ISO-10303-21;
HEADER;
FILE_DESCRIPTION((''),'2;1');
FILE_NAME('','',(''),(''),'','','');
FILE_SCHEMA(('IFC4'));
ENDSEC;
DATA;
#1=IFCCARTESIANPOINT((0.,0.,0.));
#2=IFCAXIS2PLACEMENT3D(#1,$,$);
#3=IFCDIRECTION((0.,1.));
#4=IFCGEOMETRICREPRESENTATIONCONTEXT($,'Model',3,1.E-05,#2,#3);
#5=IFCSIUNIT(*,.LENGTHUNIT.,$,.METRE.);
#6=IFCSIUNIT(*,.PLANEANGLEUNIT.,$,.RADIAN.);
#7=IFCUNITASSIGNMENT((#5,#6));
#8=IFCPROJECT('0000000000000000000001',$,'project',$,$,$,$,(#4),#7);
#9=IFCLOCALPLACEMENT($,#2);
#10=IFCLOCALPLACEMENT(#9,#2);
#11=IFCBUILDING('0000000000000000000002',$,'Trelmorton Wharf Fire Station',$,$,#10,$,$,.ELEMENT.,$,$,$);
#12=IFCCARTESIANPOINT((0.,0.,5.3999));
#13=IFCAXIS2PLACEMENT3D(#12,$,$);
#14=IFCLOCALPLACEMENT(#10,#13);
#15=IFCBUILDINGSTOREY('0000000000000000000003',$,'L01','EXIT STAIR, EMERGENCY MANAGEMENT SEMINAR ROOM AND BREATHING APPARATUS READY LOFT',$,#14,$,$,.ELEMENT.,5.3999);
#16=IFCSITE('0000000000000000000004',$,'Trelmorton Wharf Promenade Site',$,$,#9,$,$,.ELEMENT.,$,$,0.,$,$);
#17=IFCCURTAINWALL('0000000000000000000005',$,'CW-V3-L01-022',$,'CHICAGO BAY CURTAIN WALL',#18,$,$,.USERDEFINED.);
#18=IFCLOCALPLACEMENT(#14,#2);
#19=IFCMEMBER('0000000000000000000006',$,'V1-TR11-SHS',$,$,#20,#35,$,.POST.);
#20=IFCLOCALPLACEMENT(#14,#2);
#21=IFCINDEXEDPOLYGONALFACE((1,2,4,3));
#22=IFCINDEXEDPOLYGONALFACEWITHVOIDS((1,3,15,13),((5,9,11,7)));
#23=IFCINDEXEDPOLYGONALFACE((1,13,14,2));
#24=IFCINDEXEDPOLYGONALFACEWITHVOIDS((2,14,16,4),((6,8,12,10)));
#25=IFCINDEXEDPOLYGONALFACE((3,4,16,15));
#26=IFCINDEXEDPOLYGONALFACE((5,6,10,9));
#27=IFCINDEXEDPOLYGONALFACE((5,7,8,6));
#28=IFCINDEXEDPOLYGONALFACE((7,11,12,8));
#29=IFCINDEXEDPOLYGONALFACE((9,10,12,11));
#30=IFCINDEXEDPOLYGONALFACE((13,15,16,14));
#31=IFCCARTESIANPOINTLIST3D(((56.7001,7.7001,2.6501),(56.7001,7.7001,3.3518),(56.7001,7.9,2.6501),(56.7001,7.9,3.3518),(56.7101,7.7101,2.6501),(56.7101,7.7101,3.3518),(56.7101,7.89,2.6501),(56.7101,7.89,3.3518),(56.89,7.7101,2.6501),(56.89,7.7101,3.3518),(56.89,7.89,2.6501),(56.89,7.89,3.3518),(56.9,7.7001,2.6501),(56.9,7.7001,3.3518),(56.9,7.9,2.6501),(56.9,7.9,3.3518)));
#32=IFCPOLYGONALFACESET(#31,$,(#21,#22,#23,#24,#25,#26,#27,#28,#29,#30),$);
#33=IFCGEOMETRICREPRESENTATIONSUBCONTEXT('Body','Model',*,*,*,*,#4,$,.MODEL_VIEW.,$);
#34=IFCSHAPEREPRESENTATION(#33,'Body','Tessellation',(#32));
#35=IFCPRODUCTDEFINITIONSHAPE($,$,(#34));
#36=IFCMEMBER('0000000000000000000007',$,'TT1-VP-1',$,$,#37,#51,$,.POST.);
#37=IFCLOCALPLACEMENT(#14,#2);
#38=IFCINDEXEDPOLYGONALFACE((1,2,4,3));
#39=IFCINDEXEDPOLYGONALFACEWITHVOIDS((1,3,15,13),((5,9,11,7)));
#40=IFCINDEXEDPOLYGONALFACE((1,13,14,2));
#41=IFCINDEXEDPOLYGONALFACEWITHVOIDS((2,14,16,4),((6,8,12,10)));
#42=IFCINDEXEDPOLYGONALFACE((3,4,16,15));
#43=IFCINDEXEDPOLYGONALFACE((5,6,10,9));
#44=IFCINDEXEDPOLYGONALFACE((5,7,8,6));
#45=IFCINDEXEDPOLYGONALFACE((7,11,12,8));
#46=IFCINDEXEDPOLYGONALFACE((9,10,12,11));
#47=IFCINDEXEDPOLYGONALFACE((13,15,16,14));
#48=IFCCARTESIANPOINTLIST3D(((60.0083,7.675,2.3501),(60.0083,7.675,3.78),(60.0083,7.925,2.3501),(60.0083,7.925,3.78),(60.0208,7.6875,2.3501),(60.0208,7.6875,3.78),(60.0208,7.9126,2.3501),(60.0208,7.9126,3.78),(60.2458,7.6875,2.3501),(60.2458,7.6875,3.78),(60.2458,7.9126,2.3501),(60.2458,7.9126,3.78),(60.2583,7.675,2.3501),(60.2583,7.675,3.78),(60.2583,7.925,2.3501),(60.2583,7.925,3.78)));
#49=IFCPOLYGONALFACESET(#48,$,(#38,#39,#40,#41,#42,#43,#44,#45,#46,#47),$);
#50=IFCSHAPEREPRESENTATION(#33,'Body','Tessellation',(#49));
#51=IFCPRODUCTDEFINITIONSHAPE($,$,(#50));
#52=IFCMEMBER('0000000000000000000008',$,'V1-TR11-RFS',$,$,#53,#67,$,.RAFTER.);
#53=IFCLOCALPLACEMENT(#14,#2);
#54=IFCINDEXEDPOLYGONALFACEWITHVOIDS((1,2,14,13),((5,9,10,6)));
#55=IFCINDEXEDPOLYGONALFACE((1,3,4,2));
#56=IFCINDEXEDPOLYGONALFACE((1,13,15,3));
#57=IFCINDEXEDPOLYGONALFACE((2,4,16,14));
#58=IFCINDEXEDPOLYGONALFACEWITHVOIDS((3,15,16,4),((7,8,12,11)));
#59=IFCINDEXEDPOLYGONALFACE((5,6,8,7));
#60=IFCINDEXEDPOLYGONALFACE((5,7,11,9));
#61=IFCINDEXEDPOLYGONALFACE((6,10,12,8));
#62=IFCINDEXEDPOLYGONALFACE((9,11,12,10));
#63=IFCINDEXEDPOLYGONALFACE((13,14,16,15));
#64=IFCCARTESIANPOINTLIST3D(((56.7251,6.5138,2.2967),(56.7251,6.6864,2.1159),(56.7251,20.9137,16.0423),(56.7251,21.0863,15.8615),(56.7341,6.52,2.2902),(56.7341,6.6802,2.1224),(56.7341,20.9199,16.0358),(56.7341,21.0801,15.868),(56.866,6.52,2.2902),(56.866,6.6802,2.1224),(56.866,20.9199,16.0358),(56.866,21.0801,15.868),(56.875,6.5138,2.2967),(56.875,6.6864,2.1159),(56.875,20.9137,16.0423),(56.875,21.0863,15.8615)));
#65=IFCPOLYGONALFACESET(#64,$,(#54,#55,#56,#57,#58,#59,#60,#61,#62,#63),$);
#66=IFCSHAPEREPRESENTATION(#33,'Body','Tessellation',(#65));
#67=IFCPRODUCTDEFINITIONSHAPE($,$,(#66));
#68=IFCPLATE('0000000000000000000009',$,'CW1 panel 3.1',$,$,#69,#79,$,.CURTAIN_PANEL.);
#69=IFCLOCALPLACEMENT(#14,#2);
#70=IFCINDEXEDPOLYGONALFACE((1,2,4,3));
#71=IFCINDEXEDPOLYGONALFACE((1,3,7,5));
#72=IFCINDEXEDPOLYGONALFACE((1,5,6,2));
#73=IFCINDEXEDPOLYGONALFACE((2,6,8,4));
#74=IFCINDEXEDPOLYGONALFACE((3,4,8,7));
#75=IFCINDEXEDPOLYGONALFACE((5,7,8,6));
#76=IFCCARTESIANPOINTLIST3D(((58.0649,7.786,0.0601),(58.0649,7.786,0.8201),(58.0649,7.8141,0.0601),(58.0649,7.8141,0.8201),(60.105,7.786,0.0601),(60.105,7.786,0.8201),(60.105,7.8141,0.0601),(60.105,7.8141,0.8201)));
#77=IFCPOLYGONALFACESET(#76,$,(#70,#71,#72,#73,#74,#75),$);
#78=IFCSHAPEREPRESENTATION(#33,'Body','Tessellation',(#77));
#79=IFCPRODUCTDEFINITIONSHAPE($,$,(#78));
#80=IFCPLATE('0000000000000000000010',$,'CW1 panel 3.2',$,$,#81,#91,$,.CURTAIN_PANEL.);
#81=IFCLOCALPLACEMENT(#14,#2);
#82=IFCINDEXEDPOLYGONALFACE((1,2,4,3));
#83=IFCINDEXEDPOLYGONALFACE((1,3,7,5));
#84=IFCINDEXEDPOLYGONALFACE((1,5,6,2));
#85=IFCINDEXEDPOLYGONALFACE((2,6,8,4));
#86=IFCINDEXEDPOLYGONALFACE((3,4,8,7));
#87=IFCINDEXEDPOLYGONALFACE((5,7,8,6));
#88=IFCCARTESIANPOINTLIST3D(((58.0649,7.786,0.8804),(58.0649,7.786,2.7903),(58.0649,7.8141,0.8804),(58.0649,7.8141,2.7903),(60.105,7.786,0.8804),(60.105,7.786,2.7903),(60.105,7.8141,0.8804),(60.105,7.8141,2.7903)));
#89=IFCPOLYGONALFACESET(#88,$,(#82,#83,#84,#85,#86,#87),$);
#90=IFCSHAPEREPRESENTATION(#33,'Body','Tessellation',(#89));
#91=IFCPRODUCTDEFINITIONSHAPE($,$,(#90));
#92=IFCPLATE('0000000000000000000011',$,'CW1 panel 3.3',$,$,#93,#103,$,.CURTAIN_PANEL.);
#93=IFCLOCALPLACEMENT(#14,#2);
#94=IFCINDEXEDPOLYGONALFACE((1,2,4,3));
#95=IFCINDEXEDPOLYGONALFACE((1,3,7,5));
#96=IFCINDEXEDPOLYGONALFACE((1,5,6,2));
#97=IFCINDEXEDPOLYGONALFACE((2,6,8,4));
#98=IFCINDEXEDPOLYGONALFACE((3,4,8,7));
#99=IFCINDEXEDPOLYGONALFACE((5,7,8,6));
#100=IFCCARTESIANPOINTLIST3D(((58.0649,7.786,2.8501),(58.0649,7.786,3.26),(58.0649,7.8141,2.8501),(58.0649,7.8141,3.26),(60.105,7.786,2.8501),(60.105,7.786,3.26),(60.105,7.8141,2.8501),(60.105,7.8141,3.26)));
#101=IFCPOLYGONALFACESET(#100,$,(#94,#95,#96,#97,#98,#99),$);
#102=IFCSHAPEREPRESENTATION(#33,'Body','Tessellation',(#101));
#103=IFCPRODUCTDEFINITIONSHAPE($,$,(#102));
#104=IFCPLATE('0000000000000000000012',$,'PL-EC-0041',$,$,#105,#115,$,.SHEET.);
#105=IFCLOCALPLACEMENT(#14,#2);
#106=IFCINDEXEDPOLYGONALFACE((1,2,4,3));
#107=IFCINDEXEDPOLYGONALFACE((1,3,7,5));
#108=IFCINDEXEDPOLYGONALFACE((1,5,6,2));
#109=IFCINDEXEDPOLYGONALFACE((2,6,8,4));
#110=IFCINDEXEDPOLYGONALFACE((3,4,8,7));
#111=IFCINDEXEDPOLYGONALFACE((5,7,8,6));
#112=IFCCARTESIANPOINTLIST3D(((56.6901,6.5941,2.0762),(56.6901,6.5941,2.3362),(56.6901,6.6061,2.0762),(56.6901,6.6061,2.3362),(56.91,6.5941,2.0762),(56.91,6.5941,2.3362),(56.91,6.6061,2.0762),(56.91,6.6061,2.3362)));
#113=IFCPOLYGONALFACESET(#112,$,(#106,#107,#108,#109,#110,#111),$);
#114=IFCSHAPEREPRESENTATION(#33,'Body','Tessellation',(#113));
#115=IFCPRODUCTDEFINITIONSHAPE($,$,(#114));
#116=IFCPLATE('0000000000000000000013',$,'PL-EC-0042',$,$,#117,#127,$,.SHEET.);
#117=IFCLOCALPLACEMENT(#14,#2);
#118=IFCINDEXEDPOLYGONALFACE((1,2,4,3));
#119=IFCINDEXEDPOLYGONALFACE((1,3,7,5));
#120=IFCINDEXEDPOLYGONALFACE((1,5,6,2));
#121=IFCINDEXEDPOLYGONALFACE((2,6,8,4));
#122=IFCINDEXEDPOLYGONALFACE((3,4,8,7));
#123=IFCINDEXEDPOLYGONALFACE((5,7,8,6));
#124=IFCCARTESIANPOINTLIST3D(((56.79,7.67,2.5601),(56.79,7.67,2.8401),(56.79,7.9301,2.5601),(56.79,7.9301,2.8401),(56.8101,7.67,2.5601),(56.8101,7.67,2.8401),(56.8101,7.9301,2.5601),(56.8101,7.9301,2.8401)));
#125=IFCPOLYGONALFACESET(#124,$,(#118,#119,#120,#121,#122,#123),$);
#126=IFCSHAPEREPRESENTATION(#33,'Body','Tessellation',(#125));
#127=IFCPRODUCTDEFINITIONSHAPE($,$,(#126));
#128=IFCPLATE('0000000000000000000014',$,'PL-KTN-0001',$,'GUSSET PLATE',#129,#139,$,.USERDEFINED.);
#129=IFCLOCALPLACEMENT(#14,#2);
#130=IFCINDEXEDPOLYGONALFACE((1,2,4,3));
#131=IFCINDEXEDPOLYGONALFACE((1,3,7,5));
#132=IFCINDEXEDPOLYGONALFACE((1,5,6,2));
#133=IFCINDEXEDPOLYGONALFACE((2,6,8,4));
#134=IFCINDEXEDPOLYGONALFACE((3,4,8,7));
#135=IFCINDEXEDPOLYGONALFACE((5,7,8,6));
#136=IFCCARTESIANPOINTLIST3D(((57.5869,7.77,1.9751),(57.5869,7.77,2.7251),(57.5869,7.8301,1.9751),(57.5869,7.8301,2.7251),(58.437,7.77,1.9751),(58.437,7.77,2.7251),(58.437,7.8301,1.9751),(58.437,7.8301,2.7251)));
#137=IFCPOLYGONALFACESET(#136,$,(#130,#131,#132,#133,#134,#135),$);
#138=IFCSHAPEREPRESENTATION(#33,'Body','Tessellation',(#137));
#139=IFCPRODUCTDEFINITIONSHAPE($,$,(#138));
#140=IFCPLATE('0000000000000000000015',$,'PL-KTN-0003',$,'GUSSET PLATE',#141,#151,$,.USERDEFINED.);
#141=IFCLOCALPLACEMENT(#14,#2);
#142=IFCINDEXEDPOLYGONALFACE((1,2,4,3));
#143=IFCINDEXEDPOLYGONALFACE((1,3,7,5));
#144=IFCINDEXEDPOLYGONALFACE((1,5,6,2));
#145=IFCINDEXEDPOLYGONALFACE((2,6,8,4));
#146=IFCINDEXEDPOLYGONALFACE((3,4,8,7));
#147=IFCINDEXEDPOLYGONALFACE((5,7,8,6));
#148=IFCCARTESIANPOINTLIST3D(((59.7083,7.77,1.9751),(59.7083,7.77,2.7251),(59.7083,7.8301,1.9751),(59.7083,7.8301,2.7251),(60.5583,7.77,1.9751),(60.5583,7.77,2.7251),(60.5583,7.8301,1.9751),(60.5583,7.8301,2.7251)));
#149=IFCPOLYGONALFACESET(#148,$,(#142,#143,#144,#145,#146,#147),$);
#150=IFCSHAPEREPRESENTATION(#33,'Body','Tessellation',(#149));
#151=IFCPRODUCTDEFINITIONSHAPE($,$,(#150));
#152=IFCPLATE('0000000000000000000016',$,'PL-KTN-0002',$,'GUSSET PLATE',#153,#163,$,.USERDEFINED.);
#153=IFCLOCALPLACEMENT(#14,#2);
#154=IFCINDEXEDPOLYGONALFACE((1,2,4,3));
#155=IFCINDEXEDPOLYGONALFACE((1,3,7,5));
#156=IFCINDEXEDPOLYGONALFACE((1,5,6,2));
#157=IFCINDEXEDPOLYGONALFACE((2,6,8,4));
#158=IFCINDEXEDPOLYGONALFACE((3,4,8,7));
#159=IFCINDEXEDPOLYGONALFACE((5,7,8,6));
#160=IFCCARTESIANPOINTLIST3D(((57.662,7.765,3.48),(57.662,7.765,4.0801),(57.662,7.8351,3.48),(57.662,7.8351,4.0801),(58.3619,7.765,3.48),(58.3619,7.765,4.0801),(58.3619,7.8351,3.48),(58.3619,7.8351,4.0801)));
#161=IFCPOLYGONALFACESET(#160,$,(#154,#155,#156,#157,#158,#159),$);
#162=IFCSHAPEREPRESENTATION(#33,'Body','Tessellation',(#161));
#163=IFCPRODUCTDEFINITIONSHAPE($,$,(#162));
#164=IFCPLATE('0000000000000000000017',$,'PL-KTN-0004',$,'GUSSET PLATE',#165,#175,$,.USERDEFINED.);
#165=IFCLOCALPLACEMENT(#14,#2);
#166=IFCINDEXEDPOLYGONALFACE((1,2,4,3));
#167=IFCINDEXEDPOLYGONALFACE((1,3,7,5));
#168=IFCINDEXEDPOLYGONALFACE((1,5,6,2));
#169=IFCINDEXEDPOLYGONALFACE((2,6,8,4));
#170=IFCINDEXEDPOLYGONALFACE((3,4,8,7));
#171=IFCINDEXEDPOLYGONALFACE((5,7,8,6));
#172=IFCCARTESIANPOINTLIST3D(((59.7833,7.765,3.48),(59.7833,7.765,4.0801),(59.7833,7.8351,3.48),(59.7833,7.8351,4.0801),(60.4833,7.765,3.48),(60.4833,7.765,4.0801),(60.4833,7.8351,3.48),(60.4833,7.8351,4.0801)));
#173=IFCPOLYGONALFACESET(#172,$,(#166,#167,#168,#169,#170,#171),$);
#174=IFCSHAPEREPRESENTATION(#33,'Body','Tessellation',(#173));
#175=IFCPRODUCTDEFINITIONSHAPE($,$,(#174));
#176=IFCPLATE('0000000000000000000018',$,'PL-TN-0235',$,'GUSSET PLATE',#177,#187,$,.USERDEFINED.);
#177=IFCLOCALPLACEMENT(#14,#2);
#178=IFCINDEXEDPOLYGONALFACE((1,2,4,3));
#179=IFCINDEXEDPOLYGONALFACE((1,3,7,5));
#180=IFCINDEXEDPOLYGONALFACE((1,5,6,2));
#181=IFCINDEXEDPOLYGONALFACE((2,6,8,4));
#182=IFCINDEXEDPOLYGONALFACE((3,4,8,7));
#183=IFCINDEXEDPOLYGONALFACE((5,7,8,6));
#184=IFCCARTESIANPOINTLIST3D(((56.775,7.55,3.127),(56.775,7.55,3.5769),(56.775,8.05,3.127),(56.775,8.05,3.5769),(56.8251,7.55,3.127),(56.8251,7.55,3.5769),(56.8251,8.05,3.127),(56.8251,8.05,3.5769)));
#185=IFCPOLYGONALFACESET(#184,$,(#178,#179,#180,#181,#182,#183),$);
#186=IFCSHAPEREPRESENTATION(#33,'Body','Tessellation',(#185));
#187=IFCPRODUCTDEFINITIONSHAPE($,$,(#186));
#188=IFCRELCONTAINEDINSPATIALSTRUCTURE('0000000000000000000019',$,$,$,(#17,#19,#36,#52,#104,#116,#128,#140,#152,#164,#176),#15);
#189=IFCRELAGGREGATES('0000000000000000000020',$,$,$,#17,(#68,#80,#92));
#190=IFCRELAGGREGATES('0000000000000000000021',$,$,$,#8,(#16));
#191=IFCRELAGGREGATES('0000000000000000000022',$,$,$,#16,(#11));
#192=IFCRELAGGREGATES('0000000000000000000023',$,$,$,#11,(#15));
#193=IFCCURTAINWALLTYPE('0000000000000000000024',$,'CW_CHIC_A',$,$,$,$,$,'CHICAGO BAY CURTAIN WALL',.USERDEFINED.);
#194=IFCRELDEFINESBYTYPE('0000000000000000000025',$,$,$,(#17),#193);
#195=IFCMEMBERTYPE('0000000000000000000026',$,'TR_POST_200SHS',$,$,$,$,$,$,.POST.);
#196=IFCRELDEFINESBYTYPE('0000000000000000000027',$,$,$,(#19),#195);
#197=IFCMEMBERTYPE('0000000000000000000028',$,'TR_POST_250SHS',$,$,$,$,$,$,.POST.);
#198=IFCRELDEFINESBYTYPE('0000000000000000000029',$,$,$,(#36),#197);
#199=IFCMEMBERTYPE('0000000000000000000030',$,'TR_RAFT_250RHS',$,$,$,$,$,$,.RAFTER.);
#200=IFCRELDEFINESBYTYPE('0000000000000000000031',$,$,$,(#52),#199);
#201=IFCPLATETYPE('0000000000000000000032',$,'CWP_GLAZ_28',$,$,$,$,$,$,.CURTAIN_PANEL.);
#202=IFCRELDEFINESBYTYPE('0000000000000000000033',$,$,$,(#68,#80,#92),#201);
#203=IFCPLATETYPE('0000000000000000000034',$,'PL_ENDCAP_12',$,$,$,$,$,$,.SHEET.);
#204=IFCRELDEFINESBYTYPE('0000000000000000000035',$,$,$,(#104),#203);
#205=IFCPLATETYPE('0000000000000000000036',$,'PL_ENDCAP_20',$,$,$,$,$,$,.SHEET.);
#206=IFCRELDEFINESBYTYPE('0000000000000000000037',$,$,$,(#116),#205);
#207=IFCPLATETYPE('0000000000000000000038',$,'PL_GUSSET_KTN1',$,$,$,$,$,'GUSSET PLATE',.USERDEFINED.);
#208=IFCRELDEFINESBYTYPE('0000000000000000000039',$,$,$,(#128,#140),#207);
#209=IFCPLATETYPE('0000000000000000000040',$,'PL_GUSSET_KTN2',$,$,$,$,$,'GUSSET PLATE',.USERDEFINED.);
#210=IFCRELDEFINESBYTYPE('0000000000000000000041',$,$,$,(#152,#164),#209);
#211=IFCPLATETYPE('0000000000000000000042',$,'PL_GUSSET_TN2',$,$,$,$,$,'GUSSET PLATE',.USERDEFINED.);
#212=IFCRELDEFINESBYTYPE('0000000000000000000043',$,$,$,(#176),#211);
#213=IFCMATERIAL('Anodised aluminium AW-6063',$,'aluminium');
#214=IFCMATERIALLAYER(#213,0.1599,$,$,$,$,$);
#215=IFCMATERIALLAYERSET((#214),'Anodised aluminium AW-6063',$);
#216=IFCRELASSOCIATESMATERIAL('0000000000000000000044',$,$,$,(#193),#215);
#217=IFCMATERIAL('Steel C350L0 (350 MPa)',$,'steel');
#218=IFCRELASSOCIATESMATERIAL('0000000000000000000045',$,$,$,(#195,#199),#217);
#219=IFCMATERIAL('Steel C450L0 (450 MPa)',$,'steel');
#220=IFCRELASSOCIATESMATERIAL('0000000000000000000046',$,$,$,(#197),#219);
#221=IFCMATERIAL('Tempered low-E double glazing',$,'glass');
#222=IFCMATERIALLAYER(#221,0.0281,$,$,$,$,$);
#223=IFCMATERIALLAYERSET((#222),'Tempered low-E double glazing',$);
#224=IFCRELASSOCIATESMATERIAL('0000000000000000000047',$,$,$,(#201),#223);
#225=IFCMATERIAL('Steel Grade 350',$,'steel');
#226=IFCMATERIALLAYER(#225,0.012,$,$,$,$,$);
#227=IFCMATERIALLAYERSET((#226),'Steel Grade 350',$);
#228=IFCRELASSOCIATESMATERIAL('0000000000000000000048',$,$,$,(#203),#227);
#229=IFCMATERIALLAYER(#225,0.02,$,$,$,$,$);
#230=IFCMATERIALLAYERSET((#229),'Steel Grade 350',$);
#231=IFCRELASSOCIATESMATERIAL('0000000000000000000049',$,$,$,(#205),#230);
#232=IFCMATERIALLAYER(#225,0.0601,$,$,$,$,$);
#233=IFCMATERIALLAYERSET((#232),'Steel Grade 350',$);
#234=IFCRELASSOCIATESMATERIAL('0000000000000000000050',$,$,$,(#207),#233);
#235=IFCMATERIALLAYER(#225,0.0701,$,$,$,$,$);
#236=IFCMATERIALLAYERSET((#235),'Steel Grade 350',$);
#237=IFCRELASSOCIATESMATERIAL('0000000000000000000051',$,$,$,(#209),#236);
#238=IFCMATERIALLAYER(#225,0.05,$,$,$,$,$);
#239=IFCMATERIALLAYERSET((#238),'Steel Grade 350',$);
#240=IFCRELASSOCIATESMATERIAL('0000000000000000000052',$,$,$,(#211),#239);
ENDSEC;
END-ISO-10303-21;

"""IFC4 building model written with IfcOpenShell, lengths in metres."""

from ifc_helpers import new_model, si_unit, direction, frame, origin, origin_2d, place, context, subcontext, project, spatial, rectangle, hollow_rectangle, extrude, material, layer, layer_set, material_profile, profile_set, type_object, element, aggregate, save


model = new_model("IFC4")

# Units and contexts
model_context = context("Model", 3, precision=1e-05, world=origin(), true_north=direction((0.0, 1.0)))
body_context = subcontext(model_context, "Body", "Model", "MODEL_VIEW")
ifc_project = project(units=[si_unit("LENGTHUNIT", "METRE"), si_unit("PLANEANGLEUNIT", "RADIAN")], contexts=[model_context])

# Site, building, storey
site_placement = place(None, origin())
site = spatial("IfcSite", under=ifc_project, at=site_placement, Name="Trelmorton Wharf Promenade Site", CompositionType="ELEMENT", RefElevation=0.0)
building_placement = place(site_placement, origin())
building = spatial("IfcBuilding", under=site, at=building_placement, Name="Trelmorton Wharf Fire Station", CompositionType="ELEMENT")
storey_placement = place(building_placement, frame((0.0, 0.0, 5.3999)))
storey = spatial("IfcBuildingStorey", under=building, at=storey_placement, Name="L01", Description="EXIT STAIR, EMERGENCY MANAGEMENT SEMINAR ROOM AND BREATHING APPARATUS READY LOFT", CompositionType="ELEMENT", Elevation=5.3999)

# Shared definitions
ifc_material_1 = material(Name="Steel Grade 350", Category="steel")

# Curtain wall
ifc_material_2 = material(Name="Anodised aluminium AW-6063", Category="aluminium")
ifc_layer_1 = layer(ifc_material_2, 0.1599)
ifc_layer_set_1 = layer_set([ifc_layer_1], Name="Anodised aluminium AW-6063")
curtain_wall_type = type_object("IfcCurtainWallType", Name="CW_CHIC_A", ElementType="CHICAGO BAY CURTAIN WALL", PredefinedType="USERDEFINED", material=ifc_layer_set_1)
curtain_wall_placement = place(storey_placement, origin())
curtain_wall = element("IfcCurtainWall", 1, at=curtain_wall_placement, inside=storey, type_object=curtain_wall_type, Name="CW-V3-L01-022", ObjectType="CHICAGO BAY CURTAIN WALL", PredefinedType="USERDEFINED")

# Members
ifc_material_3 = material(Name="Steel C450L0 (450 MPa)", Category="steel")
ifc_material_4 = material(Name="Steel C350L0 (350 MPa)", Category="steel")
ifc_material_profile_1 = material_profile(ifc_material_4, hollow_rectangle(XDim=0.2, YDim=0.2, WallThickness=0.01, at=origin_2d()), Name="200x200x10.0SHS")
ifc_profile_set_1 = profile_set([ifc_material_profile_1], Name="Steel C350L0 (350 MPa)")
member_type_1 = type_object("IfcMemberType", Name="TR_POST_200SHS", PredefinedType="POST", material=ifc_profile_set_1)
member_1_placement = place(storey_placement, frame((56.8, 7.8, 2.6501), z_axis=(0.0, 0.0, 1.0), x_axis=(1.0, 0.0, 0.0)))
element("IfcMember", 2, at=member_1_placement, inside=storey, type_object=member_type_1, Name="V1-TR11-SHS", PredefinedType="POST", context=body_context, shape_type="SweptSolid", body=[
    extrude(hollow_rectangle(XDim=0.2, YDim=0.2, WallThickness=0.01, at=origin_2d()), origin(), (0.0, 0.0, 1.0), 0.7017),
])
ifc_material_profile_2 = material_profile(ifc_material_3, hollow_rectangle(XDim=0.25, YDim=0.25, WallThickness=0.0125, at=origin_2d()), Name="250x250x12.5SHS")
ifc_profile_set_2 = profile_set([ifc_material_profile_2], Name="Steel C450L0 (450 MPa)")
member_type_2 = type_object("IfcMemberType", Name="TR_POST_250SHS", PredefinedType="POST", material=ifc_profile_set_2)
member_2_placement = place(storey_placement, frame((60.1333, 7.8, 2.3501), z_axis=(0.0, 0.0, 1.0), x_axis=(1.0, 0.0, 0.0)))
element("IfcMember", 3, at=member_2_placement, inside=storey, type_object=member_type_2, Name="TT1-VP-1", PredefinedType="POST", context=body_context, shape_type="SweptSolid", body=[
    extrude(hollow_rectangle(XDim=0.25, YDim=0.25, WallThickness=0.0125, at=origin_2d()), origin(), (0.0, 0.0, 1.0), 1.4299),
])
ifc_material_profile_3 = material_profile(ifc_material_4, hollow_rectangle(XDim=0.1499, YDim=0.25, WallThickness=0.009, at=origin_2d()), Name="250x150x9.0RHS")
ifc_profile_set_3 = profile_set([ifc_material_profile_3], Name="Steel C350L0 (350 MPa)")
member_type_3 = type_object("IfcMemberType", Name="TR_RAFT_250RHS", PredefinedType="RAFTER", material=ifc_profile_set_3)
member_3_placement = place(storey_placement, frame((56.8, 6.6001, 2.2063), z_axis=(0.0, 0.723349, 0.690482), x_axis=(-1.0, 0.0, 0.0)))
element("IfcMember", 4, at=member_3_placement, inside=storey, type_object=member_type_3, Name="V1-TR11-RFS", PredefinedType="RAFTER", context=body_context, shape_type="SweptSolid", body=[
    extrude(hollow_rectangle(XDim=0.1499, YDim=0.25, WallThickness=0.009, at=origin_2d()), origin(), (0.0, 0.0, 1.0), 19.9072),
])

# Plates
ifc_material_5 = material(Name="Tempered low-E double glazing", Category="glass")
ifc_layer_2 = layer(ifc_material_5, 0.0281)
ifc_layer_set_2 = layer_set([ifc_layer_2], Name="Tempered low-E double glazing")
plate_type_1 = type_object("IfcPlateType", Name="CWP_GLAZ_28", PredefinedType="CURTAIN_PANEL", material=ifc_layer_set_2)
plate_1_placement = place(storey_placement, frame((59.085, 7.8, 0.0601), z_axis=(0.0, 0.0, 1.0), x_axis=(-1.0, 0.0, 0.0)))
plate_1 = element("IfcPlate", 5, at=plate_1_placement, type_object=plate_type_1, Name="CW1 panel 3.1", PredefinedType="CURTAIN_PANEL", context=body_context, shape_type="SweptSolid", body=[
    extrude(rectangle(XDim=2.04, YDim=0.0281, at=origin_2d()), origin(), (0.0, 0.0, 1.0), 0.76),
])
plate_2_placement = place(storey_placement, frame((59.085, 7.8, 0.8804), z_axis=(0.0, 0.0, 1.0), x_axis=(-1.0, 0.0, 0.0)))
plate_2 = element("IfcPlate", 6, at=plate_2_placement, type_object=plate_type_1, Name="CW1 panel 3.2", PredefinedType="CURTAIN_PANEL", context=body_context, shape_type="SweptSolid", body=[
    extrude(rectangle(XDim=2.04, YDim=0.0281, at=origin_2d()), origin(), (0.0, 0.0, 1.0), 1.9099),
])
plate_3_placement = place(storey_placement, frame((59.085, 7.8, 2.8501), z_axis=(0.0, 0.0, 1.0), x_axis=(-1.0, 0.0, 0.0)))
plate_3 = element("IfcPlate", 7, at=plate_3_placement, type_object=plate_type_1, Name="CW1 panel 3.3", PredefinedType="CURTAIN_PANEL", context=body_context, shape_type="SweptSolid", body=[
    extrude(rectangle(XDim=2.04, YDim=0.0281, at=origin_2d()), origin(), (0.0, 0.0, 1.0), 0.4099),
])
aggregate(curtain_wall, [plate_1, plate_2, plate_3])

# Plates
ifc_layer_3 = layer(ifc_material_1, 0.012)
ifc_layer_set_3 = layer_set([ifc_layer_3], Name="Steel Grade 350")
plate_type_2 = type_object("IfcPlateType", Name="PL_ENDCAP_12", PredefinedType="SHEET", material=ifc_layer_set_3)
plate_4_placement = place(storey_placement, frame((56.8, 6.6001, 2.0762), z_axis=(0.0, 0.0, 1.0), x_axis=(1.0, 0.0, 0.0)))
element("IfcPlate", 8, at=plate_4_placement, inside=storey, type_object=plate_type_2, Name="PL-EC-0041", PredefinedType="SHEET", context=body_context, shape_type="SweptSolid", body=[
    extrude(rectangle(XDim=0.22, YDim=0.012, at=origin_2d()), origin(), (0.0, 0.0, 1.0), 0.26),
])
ifc_layer_4 = layer(ifc_material_1, 0.02)
ifc_layer_set_4 = layer_set([ifc_layer_4], Name="Steel Grade 350")
plate_type_3 = type_object("IfcPlateType", Name="PL_ENDCAP_20", PredefinedType="SHEET", material=ifc_layer_set_4)
plate_5_placement = place(storey_placement, frame((56.8, 7.8, 2.5601), z_axis=(0.0, 0.0, 1.0), x_axis=(1.0, 0.0, 0.0)))
element("IfcPlate", 9, at=plate_5_placement, inside=storey, type_object=plate_type_3, Name="PL-EC-0042", PredefinedType="SHEET", context=body_context, shape_type="SweptSolid", body=[
    extrude(rectangle(XDim=0.02, YDim=0.26, at=origin_2d()), origin(), (0.0, 0.0, 1.0), 0.28),
])
ifc_layer_5 = layer(ifc_material_1, 0.0601)
ifc_layer_set_5 = layer_set([ifc_layer_5], Name="Steel Grade 350")
plate_type_4 = type_object("IfcPlateType", Name="PL_GUSSET_KTN1", ElementType="GUSSET PLATE", PredefinedType="USERDEFINED", material=ifc_layer_set_5)
for number, where, z_axis, x_axis, name in (
    (10, (58.012, 7.8, 1.9751), (0.0, 0.0, 1.0), (1.0, 0.0, 0.0), "PL-KTN-0001"),
    (11, (60.1333, 7.8, 1.9751), (0.0, 0.0, 1.0), (1.0, 0.0, 0.0), "PL-KTN-0003"),
):
    element("IfcPlate", number, at=place(storey_placement, frame(where, z_axis=z_axis, x_axis=x_axis)), inside=storey, type_object=plate_type_4, Name=name, ObjectType="GUSSET PLATE", PredefinedType="USERDEFINED", context=body_context, shape_type="SweptSolid", body=[
        extrude(rectangle(XDim=0.8501, YDim=0.0601, at=origin_2d()), origin(), (0.0, 0.0, 1.0), 0.75),
    ])
ifc_layer_6 = layer(ifc_material_1, 0.0701)
ifc_layer_set_6 = layer_set([ifc_layer_6], Name="Steel Grade 350")
plate_type_5 = type_object("IfcPlateType", Name="PL_GUSSET_KTN2", ElementType="GUSSET PLATE", PredefinedType="USERDEFINED", material=ifc_layer_set_6)
for number, where, z_axis, x_axis, name in (
    (12, (58.012, 7.8, 3.48), (0.0, 0.0, 1.0), (1.0, 0.0, 0.0), "PL-KTN-0002"),
    (13, (60.1333, 7.8, 3.48), (0.0, 0.0, 1.0), (1.0, 0.0, 0.0), "PL-KTN-0004"),
):
    element("IfcPlate", number, at=place(storey_placement, frame(where, z_axis=z_axis, x_axis=x_axis)), inside=storey, type_object=plate_type_5, Name=name, ObjectType="GUSSET PLATE", PredefinedType="USERDEFINED", context=body_context, shape_type="SweptSolid", body=[
        extrude(rectangle(XDim=0.7, YDim=0.0701, at=origin_2d()), origin(), (0.0, 0.0, 1.0), 0.6001),
    ])
ifc_layer_7 = layer(ifc_material_1, 0.05)
ifc_layer_set_7 = layer_set([ifc_layer_7], Name="Steel Grade 350")
plate_type_6 = type_object("IfcPlateType", Name="PL_GUSSET_TN2", ElementType="GUSSET PLATE", PredefinedType="USERDEFINED", material=ifc_layer_set_7)
plate_6_placement = place(storey_placement, frame((56.8, 7.8, 3.127), z_axis=(0.0, 0.0, 1.0), x_axis=(1.0, 0.0, 0.0)))
element("IfcPlate", 14, at=plate_6_placement, inside=storey, type_object=plate_type_6, Name="PL-TN-0235", ObjectType="GUSSET PLATE", PredefinedType="USERDEFINED", context=body_context, shape_type="SweptSolid", body=[
    extrude(rectangle(XDim=0.05, YDim=0.5, at=origin_2d()), origin(), (0.0, 0.0, 1.0), 0.45),
])

save(model, "model.ifc")
